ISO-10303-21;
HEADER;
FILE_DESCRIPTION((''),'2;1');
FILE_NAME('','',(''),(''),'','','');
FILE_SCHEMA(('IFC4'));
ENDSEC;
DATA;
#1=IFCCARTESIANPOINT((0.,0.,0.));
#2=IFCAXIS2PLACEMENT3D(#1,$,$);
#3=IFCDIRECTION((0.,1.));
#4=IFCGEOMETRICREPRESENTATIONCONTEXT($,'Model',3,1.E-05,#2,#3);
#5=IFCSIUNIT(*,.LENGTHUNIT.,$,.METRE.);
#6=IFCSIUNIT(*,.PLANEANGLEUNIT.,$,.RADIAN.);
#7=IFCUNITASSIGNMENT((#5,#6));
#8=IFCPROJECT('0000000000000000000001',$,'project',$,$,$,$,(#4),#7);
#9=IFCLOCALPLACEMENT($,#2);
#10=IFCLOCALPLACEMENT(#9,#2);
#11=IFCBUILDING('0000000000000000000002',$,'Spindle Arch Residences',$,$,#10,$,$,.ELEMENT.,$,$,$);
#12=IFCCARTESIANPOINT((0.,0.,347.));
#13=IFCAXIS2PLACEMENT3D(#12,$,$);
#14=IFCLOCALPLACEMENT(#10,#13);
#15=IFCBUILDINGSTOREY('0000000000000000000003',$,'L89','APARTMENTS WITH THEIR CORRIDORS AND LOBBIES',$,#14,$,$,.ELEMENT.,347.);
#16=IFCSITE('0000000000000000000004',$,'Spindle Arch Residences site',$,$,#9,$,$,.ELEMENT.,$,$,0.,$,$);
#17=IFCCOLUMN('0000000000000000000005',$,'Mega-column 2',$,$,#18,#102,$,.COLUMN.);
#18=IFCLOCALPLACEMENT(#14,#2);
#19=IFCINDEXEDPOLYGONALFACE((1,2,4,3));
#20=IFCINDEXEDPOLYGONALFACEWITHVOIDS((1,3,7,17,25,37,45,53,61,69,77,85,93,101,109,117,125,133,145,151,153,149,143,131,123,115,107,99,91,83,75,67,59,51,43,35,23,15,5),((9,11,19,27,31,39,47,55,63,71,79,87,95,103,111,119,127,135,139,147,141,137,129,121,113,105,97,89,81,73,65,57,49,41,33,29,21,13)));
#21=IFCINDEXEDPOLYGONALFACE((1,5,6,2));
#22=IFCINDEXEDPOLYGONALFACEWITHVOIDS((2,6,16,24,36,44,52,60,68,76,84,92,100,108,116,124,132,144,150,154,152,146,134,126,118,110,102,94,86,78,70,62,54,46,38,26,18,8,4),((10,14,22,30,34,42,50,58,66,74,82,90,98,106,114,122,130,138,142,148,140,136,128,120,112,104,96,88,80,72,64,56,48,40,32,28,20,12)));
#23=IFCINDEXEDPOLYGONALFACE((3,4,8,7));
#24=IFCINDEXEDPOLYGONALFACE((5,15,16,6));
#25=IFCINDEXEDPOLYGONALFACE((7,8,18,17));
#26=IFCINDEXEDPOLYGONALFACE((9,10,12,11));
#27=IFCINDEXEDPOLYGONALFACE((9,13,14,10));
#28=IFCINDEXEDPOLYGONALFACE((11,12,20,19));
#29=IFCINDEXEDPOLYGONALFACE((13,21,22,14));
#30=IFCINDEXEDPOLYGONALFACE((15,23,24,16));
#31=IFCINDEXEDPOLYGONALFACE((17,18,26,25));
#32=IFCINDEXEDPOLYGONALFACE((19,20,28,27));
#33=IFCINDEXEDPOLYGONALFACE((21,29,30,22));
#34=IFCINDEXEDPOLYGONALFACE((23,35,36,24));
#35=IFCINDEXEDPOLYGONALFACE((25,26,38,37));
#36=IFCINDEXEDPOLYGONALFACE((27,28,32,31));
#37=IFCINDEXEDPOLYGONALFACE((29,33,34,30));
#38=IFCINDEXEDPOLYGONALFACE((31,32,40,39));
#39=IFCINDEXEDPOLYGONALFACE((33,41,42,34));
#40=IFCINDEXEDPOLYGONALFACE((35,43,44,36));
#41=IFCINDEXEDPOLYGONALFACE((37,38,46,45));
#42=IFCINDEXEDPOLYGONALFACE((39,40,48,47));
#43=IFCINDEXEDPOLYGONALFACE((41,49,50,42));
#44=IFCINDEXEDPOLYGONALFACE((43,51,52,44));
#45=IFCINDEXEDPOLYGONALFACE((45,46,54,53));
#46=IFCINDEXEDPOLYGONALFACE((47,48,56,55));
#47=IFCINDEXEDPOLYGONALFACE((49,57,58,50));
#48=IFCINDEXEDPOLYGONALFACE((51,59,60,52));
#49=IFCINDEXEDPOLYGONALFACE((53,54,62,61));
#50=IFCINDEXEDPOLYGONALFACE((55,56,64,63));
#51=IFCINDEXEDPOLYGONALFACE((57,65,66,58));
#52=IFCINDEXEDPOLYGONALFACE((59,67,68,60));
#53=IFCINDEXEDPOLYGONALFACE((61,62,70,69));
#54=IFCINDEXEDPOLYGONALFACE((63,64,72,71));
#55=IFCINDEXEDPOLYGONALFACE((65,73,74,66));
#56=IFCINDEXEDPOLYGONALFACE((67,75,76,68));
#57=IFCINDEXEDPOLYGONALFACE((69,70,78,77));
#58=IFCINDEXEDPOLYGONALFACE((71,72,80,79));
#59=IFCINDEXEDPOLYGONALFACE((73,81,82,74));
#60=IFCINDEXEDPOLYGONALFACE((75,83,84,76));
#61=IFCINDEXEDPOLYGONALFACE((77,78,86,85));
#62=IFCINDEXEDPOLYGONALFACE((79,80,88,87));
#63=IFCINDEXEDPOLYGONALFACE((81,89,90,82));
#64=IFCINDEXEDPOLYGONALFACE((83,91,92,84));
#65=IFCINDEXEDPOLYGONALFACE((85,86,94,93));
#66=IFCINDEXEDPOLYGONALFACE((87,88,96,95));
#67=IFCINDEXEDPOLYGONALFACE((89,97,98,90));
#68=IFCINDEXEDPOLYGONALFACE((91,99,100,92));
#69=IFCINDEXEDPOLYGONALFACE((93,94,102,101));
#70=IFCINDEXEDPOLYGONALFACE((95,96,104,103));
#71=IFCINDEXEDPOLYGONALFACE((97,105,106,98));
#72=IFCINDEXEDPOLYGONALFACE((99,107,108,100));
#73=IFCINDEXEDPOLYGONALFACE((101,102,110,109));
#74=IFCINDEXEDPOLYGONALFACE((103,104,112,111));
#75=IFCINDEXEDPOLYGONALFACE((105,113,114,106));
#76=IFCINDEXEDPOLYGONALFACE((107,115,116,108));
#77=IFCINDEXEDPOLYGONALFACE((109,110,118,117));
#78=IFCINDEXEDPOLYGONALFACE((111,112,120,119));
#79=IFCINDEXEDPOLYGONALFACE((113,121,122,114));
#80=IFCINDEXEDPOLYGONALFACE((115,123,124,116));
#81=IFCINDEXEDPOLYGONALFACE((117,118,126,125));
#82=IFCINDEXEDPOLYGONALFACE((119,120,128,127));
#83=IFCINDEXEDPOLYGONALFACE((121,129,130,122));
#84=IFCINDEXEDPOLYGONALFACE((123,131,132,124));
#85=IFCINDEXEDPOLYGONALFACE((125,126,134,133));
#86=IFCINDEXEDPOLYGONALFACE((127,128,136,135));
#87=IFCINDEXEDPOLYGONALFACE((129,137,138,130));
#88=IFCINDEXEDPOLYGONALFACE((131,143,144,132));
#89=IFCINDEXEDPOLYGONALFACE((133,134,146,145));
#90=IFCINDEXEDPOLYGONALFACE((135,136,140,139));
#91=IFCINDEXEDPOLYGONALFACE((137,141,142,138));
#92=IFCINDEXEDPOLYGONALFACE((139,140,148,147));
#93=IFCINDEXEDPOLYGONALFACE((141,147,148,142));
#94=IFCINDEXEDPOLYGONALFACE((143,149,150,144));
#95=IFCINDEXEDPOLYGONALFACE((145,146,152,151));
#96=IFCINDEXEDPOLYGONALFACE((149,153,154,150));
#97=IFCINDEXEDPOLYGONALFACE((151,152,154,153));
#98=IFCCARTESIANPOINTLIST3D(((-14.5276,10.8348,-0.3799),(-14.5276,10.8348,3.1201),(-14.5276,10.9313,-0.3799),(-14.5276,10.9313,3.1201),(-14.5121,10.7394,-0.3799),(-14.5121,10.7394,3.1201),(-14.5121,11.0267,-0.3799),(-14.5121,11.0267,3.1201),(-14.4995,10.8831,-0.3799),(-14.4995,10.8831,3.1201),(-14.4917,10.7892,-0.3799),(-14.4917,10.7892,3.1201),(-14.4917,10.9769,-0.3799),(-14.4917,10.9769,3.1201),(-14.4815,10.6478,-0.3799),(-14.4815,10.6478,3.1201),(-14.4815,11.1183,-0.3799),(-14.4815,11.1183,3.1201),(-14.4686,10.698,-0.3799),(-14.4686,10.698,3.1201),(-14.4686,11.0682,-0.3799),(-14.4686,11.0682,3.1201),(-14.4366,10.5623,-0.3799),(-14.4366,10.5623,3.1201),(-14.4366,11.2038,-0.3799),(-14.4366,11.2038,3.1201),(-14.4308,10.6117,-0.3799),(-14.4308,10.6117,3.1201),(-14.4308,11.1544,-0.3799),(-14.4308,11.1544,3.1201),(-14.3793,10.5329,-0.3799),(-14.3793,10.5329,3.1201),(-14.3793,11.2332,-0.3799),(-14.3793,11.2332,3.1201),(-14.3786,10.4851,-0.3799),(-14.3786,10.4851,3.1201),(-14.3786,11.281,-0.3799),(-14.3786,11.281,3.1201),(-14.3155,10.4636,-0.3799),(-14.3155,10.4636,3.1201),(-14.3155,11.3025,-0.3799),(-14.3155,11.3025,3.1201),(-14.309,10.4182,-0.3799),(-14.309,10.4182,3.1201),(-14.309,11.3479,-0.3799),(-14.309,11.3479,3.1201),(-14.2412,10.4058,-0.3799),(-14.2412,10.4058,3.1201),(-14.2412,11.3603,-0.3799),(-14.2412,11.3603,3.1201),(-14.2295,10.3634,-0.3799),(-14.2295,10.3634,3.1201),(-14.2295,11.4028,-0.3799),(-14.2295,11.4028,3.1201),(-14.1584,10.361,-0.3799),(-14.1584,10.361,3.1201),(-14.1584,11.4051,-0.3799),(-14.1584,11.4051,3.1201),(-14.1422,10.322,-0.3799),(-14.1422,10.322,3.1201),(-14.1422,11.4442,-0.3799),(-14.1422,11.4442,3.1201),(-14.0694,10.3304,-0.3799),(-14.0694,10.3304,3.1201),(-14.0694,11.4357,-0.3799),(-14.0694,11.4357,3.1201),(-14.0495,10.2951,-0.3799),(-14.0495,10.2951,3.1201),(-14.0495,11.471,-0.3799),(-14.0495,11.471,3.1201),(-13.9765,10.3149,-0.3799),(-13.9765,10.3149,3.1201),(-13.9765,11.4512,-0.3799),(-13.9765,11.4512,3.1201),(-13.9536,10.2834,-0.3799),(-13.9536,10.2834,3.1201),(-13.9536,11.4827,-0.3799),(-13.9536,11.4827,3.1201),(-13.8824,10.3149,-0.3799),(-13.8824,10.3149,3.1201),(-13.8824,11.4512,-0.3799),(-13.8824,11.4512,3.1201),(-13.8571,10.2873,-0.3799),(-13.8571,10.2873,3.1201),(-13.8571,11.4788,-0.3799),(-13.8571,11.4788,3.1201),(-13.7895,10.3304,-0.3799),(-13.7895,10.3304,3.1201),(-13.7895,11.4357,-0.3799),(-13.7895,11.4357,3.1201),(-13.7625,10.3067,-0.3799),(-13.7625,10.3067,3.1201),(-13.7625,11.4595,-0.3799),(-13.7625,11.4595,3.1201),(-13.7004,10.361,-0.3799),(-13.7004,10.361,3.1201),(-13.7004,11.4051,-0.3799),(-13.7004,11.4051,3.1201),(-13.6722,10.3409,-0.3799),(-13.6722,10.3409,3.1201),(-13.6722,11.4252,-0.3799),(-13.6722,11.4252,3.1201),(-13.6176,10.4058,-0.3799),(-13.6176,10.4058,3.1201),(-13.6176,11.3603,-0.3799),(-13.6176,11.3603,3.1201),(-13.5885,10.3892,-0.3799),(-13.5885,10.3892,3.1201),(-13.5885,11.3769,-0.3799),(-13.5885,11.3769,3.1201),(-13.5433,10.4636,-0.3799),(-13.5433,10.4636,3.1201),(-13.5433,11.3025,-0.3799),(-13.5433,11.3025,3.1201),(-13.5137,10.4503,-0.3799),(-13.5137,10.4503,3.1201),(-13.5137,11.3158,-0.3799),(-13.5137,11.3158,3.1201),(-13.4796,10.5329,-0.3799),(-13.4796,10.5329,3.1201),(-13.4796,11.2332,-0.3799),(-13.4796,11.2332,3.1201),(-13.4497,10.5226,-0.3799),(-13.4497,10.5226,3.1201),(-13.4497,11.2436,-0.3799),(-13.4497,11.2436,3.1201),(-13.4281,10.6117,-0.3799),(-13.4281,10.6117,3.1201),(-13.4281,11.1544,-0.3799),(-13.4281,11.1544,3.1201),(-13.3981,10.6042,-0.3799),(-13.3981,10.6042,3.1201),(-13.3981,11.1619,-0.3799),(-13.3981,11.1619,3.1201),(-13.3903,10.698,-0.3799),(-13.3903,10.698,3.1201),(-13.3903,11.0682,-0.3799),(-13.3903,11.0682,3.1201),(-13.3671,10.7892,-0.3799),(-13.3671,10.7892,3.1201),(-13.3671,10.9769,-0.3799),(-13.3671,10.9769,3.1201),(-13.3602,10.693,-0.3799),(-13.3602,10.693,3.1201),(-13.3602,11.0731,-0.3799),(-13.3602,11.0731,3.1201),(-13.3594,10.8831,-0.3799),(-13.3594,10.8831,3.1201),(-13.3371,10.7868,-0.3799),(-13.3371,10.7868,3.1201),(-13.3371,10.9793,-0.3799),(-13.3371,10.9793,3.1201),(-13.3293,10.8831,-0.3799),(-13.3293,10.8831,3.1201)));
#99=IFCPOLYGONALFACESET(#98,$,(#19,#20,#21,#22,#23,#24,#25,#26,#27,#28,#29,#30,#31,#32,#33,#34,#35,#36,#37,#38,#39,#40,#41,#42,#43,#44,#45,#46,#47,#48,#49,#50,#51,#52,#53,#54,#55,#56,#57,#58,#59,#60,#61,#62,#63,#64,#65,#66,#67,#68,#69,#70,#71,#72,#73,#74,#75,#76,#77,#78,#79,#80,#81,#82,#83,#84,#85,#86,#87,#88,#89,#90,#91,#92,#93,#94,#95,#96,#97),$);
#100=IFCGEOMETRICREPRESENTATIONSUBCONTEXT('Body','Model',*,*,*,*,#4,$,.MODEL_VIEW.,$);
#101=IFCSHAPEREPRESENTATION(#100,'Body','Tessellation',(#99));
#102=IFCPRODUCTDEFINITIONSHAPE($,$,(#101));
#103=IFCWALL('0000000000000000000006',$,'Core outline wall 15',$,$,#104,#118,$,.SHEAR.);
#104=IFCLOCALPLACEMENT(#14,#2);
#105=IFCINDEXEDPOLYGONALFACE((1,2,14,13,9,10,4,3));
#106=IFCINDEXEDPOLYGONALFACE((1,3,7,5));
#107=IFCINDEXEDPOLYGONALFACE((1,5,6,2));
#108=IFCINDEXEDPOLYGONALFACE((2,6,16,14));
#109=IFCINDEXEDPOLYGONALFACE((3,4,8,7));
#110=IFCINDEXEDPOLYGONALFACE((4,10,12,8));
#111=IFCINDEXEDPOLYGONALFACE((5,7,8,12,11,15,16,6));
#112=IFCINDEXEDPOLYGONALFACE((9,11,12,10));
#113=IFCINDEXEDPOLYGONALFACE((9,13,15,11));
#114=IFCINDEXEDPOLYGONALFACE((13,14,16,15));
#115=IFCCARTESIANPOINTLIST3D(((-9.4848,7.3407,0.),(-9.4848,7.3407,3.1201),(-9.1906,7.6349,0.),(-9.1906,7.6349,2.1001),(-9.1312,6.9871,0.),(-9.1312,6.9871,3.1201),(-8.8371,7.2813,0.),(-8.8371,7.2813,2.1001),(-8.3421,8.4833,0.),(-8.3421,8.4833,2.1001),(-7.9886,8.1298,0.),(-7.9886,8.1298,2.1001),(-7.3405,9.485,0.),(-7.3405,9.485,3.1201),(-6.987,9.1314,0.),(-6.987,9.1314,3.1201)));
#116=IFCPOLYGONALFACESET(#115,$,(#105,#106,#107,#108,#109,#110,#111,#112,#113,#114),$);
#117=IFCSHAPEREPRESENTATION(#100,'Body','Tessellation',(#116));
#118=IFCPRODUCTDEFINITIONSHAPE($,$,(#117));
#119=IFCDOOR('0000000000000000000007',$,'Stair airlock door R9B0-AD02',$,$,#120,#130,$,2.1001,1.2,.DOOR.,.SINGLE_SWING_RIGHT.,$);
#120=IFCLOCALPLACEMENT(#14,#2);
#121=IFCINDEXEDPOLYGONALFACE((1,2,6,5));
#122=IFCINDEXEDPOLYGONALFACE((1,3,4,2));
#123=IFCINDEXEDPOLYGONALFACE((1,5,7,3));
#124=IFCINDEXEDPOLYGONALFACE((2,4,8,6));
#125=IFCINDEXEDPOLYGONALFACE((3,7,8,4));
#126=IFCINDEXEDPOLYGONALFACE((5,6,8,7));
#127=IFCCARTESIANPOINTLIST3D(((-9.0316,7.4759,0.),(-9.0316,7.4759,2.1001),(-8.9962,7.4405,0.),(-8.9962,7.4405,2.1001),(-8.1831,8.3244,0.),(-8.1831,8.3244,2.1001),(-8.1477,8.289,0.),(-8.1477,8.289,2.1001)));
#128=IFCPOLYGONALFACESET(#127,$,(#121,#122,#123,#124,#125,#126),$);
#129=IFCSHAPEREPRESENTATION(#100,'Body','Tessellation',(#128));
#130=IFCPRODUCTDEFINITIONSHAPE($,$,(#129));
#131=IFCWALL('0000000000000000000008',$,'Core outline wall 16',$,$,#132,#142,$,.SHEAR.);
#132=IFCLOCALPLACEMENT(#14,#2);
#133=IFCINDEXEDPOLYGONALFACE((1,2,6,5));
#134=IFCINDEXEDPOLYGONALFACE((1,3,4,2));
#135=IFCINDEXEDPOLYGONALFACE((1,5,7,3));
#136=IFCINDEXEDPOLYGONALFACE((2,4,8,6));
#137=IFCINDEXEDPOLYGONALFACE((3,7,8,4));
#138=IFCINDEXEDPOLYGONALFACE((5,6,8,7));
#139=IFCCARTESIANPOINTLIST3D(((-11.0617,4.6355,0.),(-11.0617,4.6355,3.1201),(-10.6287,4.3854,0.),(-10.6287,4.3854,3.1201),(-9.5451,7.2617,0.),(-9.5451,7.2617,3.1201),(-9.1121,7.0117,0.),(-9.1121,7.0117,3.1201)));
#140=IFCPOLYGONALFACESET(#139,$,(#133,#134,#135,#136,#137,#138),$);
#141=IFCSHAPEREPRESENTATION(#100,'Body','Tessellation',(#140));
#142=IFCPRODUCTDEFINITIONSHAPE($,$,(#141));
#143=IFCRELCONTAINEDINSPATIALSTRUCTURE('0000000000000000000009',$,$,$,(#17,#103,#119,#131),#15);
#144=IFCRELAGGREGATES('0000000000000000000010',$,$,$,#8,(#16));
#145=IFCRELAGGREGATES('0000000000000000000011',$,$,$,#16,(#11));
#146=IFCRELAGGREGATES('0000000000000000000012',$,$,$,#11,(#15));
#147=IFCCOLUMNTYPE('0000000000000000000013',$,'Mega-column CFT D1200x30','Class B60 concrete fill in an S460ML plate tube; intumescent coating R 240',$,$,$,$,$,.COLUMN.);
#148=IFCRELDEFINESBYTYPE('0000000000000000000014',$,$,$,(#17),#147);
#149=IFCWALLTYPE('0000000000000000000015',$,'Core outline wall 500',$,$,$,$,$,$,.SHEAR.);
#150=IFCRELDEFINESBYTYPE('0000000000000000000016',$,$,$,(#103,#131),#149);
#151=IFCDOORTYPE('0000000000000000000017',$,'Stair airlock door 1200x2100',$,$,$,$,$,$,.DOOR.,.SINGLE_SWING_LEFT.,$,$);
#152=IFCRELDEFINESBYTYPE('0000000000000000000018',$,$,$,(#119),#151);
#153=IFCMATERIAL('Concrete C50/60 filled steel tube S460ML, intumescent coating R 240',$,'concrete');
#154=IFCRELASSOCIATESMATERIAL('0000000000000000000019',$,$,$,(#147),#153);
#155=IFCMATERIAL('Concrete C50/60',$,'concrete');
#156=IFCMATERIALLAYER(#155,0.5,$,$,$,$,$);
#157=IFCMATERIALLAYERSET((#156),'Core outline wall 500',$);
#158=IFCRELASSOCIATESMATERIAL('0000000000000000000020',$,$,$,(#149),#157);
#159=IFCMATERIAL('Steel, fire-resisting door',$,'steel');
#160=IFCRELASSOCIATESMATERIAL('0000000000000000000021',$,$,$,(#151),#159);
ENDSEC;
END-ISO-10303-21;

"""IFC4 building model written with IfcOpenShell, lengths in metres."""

from ifc_helpers import new_model, si_unit, direction, frame, frame_2d, origin, origin_2d, place, context, subcontext, project, spatial, rectangle, hollow_circle, extrude, material, layer, layer_set, material_profile, profile_set, type_object, element, fill, save


model = new_model("IFC4")

# Units and contexts
model_context = context("Model", 3, precision=1e-05, world=origin(), true_north=direction((0.0, 1.0)))
body_context = subcontext(model_context, "Body", "Model", "MODEL_VIEW")
ifc_project = project(units=[si_unit("LENGTHUNIT", "METRE"), si_unit("PLANEANGLEUNIT", "RADIAN")], contexts=[model_context])

# Site, building, storey
site_placement = place(None, origin())
site = spatial("IfcSite", under=ifc_project, at=site_placement, Name="Spindle Arch Residences site", CompositionType="ELEMENT", RefElevation=0.0)
building_placement = place(site_placement, origin())
building = spatial("IfcBuilding", under=site, at=building_placement, Name="Spindle Arch Residences", CompositionType="ELEMENT")
storey_placement = place(building_placement, frame((0.0, 0.0, 347.0)))
storey = spatial("IfcBuildingStorey", under=building, at=storey_placement, Name="L89", Description="APARTMENTS WITH THEIR CORRIDORS AND LOBBIES", CompositionType="ELEMENT", Elevation=347.0)

# Column
ifc_material_1 = material(Name="Concrete C50/60 filled steel tube S460ML, intumescent coating R 240", Category="concrete")
ifc_material_profile = material_profile(ifc_material_1, hollow_circle(Radius=0.6001, WallThickness=0.03, at=origin_2d()), Name="CFT D1200x30")
ifc_profile_set = profile_set([ifc_material_profile], Name="Concrete C50/60 filled steel tube S460ML, intumescent coating R 240")
column_type = type_object("IfcColumnType", Name="Mega-column CFT D1200x30", Description="Class B60 concrete fill in an S460ML plate tube; intumescent coating R 240", PredefinedType="COLUMN", material=ifc_profile_set)
column_placement = place(storey_placement, frame((-13.9294, 10.8831, -0.3799), z_axis=(0.0, 0.0, 1.0), x_axis=(1.0, 0.0, 0.0)))
element("IfcColumn", 1, at=column_placement, inside=storey, type_object=column_type, Name="Mega-column 2", PredefinedType="COLUMN", context=body_context, shape_type="SweptSolid", body=[
    extrude(hollow_circle(Radius=0.6001, WallThickness=0.03, at=origin_2d()), origin(), (0.0, 0.0, 1.0), 3.5),
])

# Wall, opening, door
ifc_material_2 = material(Name="Concrete C50/60", Category="concrete")
ifc_layer_1 = layer(ifc_material_2, 0.5)
ifc_layer_set_1 = layer_set([ifc_layer_1], Name="Core outline wall 500")
wall_type_1 = type_object("IfcWallType", Name="Core outline wall 500", PredefinedType="SHEAR", material=ifc_layer_set_1)
wall_1_placement = place(storey_placement, frame((-7.1638, 9.3081, 0.0), z_axis=(0.0, 0.0, 1.0), x_axis=(-0.707107, -0.707107, 0.0)))
wall_1 = element("IfcWall", 2, at=wall_1_placement, inside=storey, type_object=wall_type_1, Name="Core outline wall 15", PredefinedType="SHEAR", context=body_context, shape_type="SweptSolid", body=[
    extrude(rectangle(XDim=3.0325, YDim=0.5, at=frame_2d((1.5161, 0.0))), origin(), (0.0, 0.0, 1.0), 3.1201),
])
opening_1_placement = place(wall_1_placement, frame((1.4163, 0.0, 0.0)))
opening_1 = element("IfcOpeningElement", 3, at=opening_1_placement, cuts=wall_1, PredefinedType="OPENING", context=body_context, shape_type="SweptSolid", body=[
    extrude(rectangle(XDim=1.2, YDim=2.1001, at=frame_2d((0.6001, 1.05))), frame((0.0, 0.26, 0.0), z_axis=(0.0, -1.0, 0.0), x_axis=(1.0, 0.0, 0.0)), (0.0, 0.0, 1.0), 0.52),
])
ifc_material_3 = material(Name="Steel, fire-resisting door", Category="steel")
door_type_1 = type_object("IfcDoorType", Name="Stair airlock door 1200x2100", OperationType="SINGLE_SWING_LEFT", PredefinedType="DOOR", material=ifc_material_3)
door_1_placement = place(opening_1_placement, origin())
door_1 = element("IfcDoor", 4, at=door_1_placement, inside=storey, type_object=door_type_1, Name="Stair airlock door R9B0-AD02", OperationType="SINGLE_SWING_RIGHT", OverallHeight=2.1001, OverallWidth=1.2, PredefinedType="DOOR", context=body_context, shape_type="SweptSolid", body=[
    extrude(rectangle(XDim=1.2, YDim=2.1001, at=frame_2d((0.6001, 1.05))), frame((0.0, 0.0249, 0.0), z_axis=(0.0, -1.0, 0.0), x_axis=(1.0, 0.0, 0.0)), (0.0, 0.0, 1.0), 0.05),
])
fill(opening_1, door_1)

# Wall
wall_2_placement = place(storey_placement, frame((-9.3286, 7.1367, 0.0), z_axis=(0.0, 0.0, 1.0), x_axis=(-0.500087, -0.865975, 0.0)))
element("IfcWall", 5, at=wall_2_placement, inside=storey, type_object=wall_type_1, Name="Core outline wall 16", PredefinedType="SHEAR", context=body_context, shape_type="SweptSolid", body=[
    extrude(rectangle(XDim=3.0327, YDim=0.5, at=frame_2d((1.5164, 0.0))), origin(), (0.0, 0.0, 1.0), 3.1201),
])

save(model, "model.ifc")
